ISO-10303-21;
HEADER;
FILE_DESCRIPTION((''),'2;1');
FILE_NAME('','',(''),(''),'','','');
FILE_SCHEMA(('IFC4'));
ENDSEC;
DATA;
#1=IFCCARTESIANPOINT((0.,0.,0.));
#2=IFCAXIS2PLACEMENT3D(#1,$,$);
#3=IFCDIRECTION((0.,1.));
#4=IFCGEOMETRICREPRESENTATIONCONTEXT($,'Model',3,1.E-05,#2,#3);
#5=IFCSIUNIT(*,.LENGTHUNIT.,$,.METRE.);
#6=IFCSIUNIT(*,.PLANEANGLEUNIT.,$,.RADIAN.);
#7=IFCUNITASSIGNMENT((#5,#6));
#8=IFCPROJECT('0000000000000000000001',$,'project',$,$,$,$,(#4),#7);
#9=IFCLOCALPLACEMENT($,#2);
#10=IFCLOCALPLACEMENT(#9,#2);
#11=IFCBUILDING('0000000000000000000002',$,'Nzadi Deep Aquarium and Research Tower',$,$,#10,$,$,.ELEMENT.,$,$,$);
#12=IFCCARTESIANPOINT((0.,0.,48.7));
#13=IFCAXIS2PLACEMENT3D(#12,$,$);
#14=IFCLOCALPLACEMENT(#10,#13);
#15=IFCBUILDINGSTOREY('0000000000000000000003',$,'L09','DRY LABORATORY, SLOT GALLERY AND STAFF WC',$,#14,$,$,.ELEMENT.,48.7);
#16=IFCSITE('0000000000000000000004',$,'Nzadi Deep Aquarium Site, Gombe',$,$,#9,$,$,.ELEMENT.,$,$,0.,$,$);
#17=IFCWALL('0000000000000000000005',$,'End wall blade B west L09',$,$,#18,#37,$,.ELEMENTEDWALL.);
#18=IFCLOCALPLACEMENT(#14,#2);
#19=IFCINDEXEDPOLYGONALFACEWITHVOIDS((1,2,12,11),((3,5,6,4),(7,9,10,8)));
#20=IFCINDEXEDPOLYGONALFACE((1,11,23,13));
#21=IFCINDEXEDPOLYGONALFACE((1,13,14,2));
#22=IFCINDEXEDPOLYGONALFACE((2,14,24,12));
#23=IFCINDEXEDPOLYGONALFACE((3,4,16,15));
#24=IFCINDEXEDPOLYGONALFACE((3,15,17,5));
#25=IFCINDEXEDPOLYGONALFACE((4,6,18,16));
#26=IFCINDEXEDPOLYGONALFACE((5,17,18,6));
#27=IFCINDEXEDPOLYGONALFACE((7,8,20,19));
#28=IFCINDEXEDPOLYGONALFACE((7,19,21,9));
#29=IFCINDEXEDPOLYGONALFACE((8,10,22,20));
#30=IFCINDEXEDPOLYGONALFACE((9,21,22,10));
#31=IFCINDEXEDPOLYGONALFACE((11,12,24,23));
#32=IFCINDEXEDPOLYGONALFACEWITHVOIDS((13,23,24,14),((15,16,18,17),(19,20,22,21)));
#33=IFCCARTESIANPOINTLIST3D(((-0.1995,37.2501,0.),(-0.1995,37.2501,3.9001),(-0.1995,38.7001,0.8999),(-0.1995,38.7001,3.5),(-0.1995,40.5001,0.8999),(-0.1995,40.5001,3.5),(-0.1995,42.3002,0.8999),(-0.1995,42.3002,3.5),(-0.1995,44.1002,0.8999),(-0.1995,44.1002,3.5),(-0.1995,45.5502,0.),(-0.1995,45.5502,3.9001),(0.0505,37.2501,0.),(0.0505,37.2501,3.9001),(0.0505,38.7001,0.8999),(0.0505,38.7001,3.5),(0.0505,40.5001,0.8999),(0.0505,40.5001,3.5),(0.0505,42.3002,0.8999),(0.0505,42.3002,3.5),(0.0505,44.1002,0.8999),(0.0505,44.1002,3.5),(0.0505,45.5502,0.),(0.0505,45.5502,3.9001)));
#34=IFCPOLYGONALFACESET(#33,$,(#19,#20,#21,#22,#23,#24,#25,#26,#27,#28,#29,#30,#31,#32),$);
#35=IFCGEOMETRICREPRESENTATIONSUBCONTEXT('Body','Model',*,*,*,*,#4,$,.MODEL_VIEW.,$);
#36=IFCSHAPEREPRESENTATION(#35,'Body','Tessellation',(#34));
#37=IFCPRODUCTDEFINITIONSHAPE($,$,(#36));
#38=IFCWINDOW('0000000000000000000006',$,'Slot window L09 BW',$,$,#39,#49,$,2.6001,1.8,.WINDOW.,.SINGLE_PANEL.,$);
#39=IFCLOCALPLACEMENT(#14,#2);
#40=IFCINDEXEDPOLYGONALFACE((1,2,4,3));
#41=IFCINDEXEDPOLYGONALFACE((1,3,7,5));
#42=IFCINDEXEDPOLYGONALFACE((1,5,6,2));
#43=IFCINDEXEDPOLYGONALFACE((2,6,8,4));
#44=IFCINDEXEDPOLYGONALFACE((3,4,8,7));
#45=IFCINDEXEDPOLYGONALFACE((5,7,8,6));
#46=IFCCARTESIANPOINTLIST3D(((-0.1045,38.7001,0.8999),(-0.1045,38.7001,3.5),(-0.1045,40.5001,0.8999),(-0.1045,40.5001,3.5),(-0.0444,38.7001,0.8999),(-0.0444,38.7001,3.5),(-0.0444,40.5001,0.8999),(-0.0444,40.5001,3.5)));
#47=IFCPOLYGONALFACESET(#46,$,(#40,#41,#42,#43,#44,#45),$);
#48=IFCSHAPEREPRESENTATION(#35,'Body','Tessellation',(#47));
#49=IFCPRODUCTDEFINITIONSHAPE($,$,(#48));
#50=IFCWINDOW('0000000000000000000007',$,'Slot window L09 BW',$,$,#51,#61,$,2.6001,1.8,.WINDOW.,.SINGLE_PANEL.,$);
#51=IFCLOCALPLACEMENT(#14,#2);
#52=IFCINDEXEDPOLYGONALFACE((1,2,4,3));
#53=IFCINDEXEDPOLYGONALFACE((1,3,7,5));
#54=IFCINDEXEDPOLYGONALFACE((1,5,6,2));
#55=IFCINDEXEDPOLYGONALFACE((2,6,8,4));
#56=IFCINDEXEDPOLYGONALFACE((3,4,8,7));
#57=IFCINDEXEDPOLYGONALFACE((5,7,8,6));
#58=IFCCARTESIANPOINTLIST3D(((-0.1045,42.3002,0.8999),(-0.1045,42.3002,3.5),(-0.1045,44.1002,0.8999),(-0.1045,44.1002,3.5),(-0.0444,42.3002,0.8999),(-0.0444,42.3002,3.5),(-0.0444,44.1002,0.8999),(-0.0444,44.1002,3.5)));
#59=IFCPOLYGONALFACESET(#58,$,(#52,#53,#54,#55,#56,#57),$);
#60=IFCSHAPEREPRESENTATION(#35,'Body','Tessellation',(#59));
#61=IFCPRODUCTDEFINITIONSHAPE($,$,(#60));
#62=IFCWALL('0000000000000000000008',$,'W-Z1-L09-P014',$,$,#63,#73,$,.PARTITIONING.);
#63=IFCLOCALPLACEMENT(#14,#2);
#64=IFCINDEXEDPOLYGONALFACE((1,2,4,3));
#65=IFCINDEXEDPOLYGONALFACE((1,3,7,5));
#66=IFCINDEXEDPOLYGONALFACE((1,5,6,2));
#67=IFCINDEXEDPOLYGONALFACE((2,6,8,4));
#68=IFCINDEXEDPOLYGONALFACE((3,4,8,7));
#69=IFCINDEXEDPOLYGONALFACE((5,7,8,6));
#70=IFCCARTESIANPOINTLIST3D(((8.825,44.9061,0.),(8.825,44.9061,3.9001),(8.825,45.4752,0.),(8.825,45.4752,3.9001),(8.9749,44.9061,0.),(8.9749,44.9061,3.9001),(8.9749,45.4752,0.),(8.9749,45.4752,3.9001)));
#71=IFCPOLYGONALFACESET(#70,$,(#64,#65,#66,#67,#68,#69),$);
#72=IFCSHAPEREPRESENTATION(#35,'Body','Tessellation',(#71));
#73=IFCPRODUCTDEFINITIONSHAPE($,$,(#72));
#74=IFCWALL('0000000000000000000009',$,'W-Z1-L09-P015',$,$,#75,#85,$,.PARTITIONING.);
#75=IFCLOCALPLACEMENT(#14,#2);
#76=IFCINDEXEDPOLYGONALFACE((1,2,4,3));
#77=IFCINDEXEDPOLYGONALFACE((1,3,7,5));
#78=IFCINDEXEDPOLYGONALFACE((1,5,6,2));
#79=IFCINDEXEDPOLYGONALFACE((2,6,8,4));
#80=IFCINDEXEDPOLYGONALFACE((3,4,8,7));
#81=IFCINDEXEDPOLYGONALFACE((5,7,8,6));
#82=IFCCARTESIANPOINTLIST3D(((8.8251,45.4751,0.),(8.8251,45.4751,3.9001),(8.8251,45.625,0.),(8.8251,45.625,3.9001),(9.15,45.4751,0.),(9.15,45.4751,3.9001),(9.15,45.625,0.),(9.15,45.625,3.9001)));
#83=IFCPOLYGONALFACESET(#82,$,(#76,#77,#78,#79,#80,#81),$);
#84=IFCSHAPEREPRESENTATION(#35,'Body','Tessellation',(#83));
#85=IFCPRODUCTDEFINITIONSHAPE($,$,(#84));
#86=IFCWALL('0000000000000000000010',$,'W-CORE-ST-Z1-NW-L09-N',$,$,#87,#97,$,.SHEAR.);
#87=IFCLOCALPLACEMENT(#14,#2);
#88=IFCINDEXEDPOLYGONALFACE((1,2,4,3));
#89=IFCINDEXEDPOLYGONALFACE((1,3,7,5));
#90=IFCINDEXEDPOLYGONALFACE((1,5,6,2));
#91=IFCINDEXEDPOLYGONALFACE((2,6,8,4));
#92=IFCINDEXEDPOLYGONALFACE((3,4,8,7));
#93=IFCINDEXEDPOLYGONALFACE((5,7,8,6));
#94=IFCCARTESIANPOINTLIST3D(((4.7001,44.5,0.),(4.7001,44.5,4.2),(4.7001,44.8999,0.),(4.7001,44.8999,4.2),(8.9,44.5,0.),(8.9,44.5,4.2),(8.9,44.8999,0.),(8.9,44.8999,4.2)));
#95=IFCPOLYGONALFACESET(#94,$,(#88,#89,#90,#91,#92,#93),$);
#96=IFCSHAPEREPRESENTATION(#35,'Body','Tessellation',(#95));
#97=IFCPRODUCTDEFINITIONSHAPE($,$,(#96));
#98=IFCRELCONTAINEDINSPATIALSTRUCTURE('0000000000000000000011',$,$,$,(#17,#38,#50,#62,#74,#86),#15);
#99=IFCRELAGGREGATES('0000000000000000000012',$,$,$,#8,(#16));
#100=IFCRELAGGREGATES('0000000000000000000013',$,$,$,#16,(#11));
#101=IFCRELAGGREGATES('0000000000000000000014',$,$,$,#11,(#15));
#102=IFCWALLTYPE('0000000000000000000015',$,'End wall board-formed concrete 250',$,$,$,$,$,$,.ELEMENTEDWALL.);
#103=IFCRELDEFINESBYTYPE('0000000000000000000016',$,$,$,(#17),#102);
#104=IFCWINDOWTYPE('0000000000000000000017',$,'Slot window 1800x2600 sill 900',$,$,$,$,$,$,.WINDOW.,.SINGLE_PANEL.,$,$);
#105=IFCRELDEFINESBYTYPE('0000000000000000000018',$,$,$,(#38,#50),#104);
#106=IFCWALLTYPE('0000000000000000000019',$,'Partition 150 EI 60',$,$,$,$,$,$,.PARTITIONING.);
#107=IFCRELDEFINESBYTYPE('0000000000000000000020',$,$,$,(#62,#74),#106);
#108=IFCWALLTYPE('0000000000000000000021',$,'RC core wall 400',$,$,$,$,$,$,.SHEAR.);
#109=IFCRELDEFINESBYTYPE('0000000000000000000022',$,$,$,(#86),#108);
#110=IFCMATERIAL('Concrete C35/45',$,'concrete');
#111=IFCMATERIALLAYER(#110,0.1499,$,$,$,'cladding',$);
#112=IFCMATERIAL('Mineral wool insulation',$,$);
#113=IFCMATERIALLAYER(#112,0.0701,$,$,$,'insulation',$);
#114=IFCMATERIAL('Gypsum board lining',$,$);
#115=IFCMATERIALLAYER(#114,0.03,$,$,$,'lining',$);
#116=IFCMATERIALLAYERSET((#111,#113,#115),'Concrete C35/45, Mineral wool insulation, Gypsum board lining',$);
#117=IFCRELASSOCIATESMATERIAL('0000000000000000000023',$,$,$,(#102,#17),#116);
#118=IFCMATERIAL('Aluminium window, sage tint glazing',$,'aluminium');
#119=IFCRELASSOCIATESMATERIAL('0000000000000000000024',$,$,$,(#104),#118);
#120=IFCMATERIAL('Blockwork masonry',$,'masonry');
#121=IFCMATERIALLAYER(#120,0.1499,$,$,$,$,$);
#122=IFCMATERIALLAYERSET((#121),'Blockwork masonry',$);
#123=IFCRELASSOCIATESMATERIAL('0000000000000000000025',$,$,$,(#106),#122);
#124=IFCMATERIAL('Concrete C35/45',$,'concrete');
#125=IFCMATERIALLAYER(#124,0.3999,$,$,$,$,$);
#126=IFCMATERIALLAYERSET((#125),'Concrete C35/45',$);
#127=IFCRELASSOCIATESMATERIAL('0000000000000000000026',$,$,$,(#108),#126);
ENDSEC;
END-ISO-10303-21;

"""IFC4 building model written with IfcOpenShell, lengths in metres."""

from ifc_helpers import new_model, si_unit, direction, frame, frame_2d, origin, place, context, subcontext, project, spatial, rectangle, extrude, material, layer, layer_set, layer_usage, type_object, element, fill, save


model = new_model("IFC4")

# Units and contexts
model_context = context("Model", 3, precision=1e-05, world=origin(), true_north=direction((0.0, 1.0)))
body_context = subcontext(model_context, "Body", "Model", "MODEL_VIEW")
ifc_project = project(units=[si_unit("LENGTHUNIT", "METRE"), si_unit("PLANEANGLEUNIT", "RADIAN")], contexts=[model_context])

# Site, building, storey
site_placement = place(None, origin())
site = spatial("IfcSite", under=ifc_project, at=site_placement, Name="Nzadi Deep Aquarium Site, Gombe", CompositionType="ELEMENT", RefElevation=0.0)
building_placement = place(site_placement, origin())
building = spatial("IfcBuilding", under=site, at=building_placement, Name="Nzadi Deep Aquarium and Research Tower", CompositionType="ELEMENT")
storey_placement = place(building_placement, frame((0.0, 0.0, 48.7)))
storey = spatial("IfcBuildingStorey", under=building, at=storey_placement, Name="L09", Description="DRY LABORATORY, SLOT GALLERY AND STAFF WC", CompositionType="ELEMENT", Elevation=48.7)

# Wall, openings, windows
ifc_material_1 = material(Name="Concrete C35/45", Category="concrete")
ifc_layer_1 = layer(ifc_material_1, 0.1499, Category="cladding")
ifc_material_2 = material(Name="Mineral wool insulation")
ifc_layer_2 = layer(ifc_material_2, 0.0701, Category="insulation")
ifc_material_3 = material(Name="Gypsum board lining")
ifc_layer_3 = layer(ifc_material_3, 0.03, Category="lining")
ifc_layer_set_1 = layer_set([ifc_layer_1, ifc_layer_2, ifc_layer_3], Name="Concrete C35/45, Mineral wool insulation, Gypsum board lining")
ifc_layer_usage = layer_usage(ifc_layer_set_1, "AXIS2", "POSITIVE", -0.125)
wall_type_1 = type_object("IfcWallType", Name="End wall board-formed concrete 250", PredefinedType="ELEMENTEDWALL", material=ifc_layer_set_1)
wall_1_placement = place(storey_placement, frame((-0.0745, 45.55, 0.0), z_axis=(0.0, 0.0, 1.0), x_axis=(0.0, -1.0, 0.0)))
wall_1 = element("IfcWall", 1, at=wall_1_placement, inside=storey, type_object=wall_type_1, material=ifc_layer_usage, Name="End wall blade B west L09", PredefinedType="ELEMENTEDWALL", context=body_context, shape_type="SweptSolid", body=[
    extrude(rectangle(XDim=8.3, YDim=0.25, at=frame_2d((4.1499, 0.0))), origin(), (0.0, 0.0, 1.0), 3.9001),
])
opening_1_placement = place(wall_1_placement, frame((5.05, 0.0, 0.8999)))
opening_1 = element("IfcOpeningElement", 2, at=opening_1_placement, cuts=wall_1, PredefinedType="OPENING", context=body_context, shape_type="SweptSolid", body=[
    extrude(rectangle(XDim=1.8, YDim=2.6001, at=frame_2d((0.8999, 1.3))), frame((0.0, 0.135, 0.0), z_axis=(0.0, -1.0, 0.0), x_axis=(1.0, 0.0, 0.0)), (0.0, 0.0, 1.0), 0.27),
])
opening_2_placement = place(wall_1_placement, frame((1.45, 0.0, 0.8999)))
opening_2 = element("IfcOpeningElement", 3, at=opening_2_placement, cuts=wall_1, PredefinedType="OPENING", context=body_context, shape_type="SweptSolid", body=[
    extrude(rectangle(XDim=1.8, YDim=2.6001, at=frame_2d((0.8999, 1.3))), frame((0.0, 0.135, 0.0), z_axis=(0.0, -1.0, 0.0), x_axis=(1.0, 0.0, 0.0)), (0.0, 0.0, 1.0), 0.27),
])
ifc_material_4 = material(Name="Aluminium window, sage tint glazing", Category="aluminium")
window_type = type_object("IfcWindowType", Name="Slot window 1800x2600 sill 900", PartitioningType="SINGLE_PANEL", PredefinedType="WINDOW", material=ifc_material_4)
window_1_placement = place(opening_1_placement, origin())
window_1 = element("IfcWindow", 4, at=window_1_placement, inside=storey, type_object=window_type, Name="Slot window L09 BW", OverallHeight=2.6001, OverallWidth=1.8, PartitioningType="SINGLE_PANEL", PredefinedType="WINDOW", context=body_context, shape_type="SweptSolid", body=[
    extrude(rectangle(XDim=1.8, YDim=2.6001, at=frame_2d((0.8999, 1.3))), frame((0.0, 0.03, 0.0), z_axis=(0.0, -1.0, 0.0), x_axis=(1.0, 0.0, 0.0)), (0.0, 0.0, 1.0), 0.0601),
])
fill(opening_1, window_1)
window_2_placement = place(opening_2_placement, origin())
window_2 = element("IfcWindow", 5, at=window_2_placement, inside=storey, type_object=window_type, Name="Slot window L09 BW", OverallHeight=2.6001, OverallWidth=1.8, PartitioningType="SINGLE_PANEL", PredefinedType="WINDOW", context=body_context, shape_type="SweptSolid", body=[
    extrude(rectangle(XDim=1.8, YDim=2.6001, at=frame_2d((0.8999, 1.3))), frame((0.0, 0.03, 0.0), z_axis=(0.0, -1.0, 0.0), x_axis=(1.0, 0.0, 0.0)), (0.0, 0.0, 1.0), 0.0601),
])
fill(opening_2, window_2)

# Walls
ifc_material_5 = material(Name="Blockwork masonry", Category="masonry")
ifc_layer_4 = layer(ifc_material_5, 0.1499)
ifc_layer_set_2 = layer_set([ifc_layer_4], Name="Blockwork masonry")
wall_type_2 = type_object("IfcWallType", Name="Partition 150 EI 60", PredefinedType="PARTITIONING", material=ifc_layer_set_2)
wall_2_placement = place(storey_placement, frame((8.8999, 44.906, 0.0), z_axis=(0.0, 0.0, 1.0), x_axis=(0.0, 1.0, 0.0)))
element("IfcWall", 6, at=wall_2_placement, inside=storey, type_object=wall_type_2, Name="W-Z1-L09-P014", PredefinedType="PARTITIONING", context=body_context, shape_type="SweptSolid", body=[
    extrude(rectangle(XDim=0.5691, YDim=0.1499, at=frame_2d((0.2847, 0.0))), origin(), (0.0, 0.0, 1.0), 3.9001),
])
wall_3_placement = place(storey_placement, frame((8.825, 45.55, 0.0), z_axis=(0.0, 0.0, 1.0), x_axis=(1.0, 0.0, 0.0)))
element("IfcWall", 7, at=wall_3_placement, inside=storey, type_object=wall_type_2, Name="W-Z1-L09-P015", PredefinedType="PARTITIONING", context=body_context, shape_type="SweptSolid", body=[
    extrude(rectangle(XDim=0.325, YDim=0.1499, at=frame_2d((0.1626, 0.0))), origin(), (0.0, 0.0, 1.0), 3.9001),
])
ifc_material_6 = material(Name="Concrete C35/45", Category="concrete")
ifc_layer_5 = layer(ifc_material_6, 0.3999)
ifc_layer_set_3 = layer_set([ifc_layer_5], Name="Concrete C35/45")
wall_type_3 = type_object("IfcWallType", Name="RC core wall 400", PredefinedType="SHEAR", material=ifc_layer_set_3)
wall_4_placement = place(storey_placement, frame((4.7, 44.7, 0.0), z_axis=(0.0, 0.0, 1.0), x_axis=(1.0, 0.0, 0.0)))
element("IfcWall", 8, at=wall_4_placement, inside=storey, type_object=wall_type_3, Name="W-CORE-ST-Z1-NW-L09-N", PredefinedType="SHEAR", context=body_context, shape_type="SweptSolid", body=[
    extrude(rectangle(XDim=4.2, YDim=0.3999, at=frame_2d((2.1001, 0.0))), origin(), (0.0, 0.0, 1.0), 4.2),
])

save(model, "model.ifc")
